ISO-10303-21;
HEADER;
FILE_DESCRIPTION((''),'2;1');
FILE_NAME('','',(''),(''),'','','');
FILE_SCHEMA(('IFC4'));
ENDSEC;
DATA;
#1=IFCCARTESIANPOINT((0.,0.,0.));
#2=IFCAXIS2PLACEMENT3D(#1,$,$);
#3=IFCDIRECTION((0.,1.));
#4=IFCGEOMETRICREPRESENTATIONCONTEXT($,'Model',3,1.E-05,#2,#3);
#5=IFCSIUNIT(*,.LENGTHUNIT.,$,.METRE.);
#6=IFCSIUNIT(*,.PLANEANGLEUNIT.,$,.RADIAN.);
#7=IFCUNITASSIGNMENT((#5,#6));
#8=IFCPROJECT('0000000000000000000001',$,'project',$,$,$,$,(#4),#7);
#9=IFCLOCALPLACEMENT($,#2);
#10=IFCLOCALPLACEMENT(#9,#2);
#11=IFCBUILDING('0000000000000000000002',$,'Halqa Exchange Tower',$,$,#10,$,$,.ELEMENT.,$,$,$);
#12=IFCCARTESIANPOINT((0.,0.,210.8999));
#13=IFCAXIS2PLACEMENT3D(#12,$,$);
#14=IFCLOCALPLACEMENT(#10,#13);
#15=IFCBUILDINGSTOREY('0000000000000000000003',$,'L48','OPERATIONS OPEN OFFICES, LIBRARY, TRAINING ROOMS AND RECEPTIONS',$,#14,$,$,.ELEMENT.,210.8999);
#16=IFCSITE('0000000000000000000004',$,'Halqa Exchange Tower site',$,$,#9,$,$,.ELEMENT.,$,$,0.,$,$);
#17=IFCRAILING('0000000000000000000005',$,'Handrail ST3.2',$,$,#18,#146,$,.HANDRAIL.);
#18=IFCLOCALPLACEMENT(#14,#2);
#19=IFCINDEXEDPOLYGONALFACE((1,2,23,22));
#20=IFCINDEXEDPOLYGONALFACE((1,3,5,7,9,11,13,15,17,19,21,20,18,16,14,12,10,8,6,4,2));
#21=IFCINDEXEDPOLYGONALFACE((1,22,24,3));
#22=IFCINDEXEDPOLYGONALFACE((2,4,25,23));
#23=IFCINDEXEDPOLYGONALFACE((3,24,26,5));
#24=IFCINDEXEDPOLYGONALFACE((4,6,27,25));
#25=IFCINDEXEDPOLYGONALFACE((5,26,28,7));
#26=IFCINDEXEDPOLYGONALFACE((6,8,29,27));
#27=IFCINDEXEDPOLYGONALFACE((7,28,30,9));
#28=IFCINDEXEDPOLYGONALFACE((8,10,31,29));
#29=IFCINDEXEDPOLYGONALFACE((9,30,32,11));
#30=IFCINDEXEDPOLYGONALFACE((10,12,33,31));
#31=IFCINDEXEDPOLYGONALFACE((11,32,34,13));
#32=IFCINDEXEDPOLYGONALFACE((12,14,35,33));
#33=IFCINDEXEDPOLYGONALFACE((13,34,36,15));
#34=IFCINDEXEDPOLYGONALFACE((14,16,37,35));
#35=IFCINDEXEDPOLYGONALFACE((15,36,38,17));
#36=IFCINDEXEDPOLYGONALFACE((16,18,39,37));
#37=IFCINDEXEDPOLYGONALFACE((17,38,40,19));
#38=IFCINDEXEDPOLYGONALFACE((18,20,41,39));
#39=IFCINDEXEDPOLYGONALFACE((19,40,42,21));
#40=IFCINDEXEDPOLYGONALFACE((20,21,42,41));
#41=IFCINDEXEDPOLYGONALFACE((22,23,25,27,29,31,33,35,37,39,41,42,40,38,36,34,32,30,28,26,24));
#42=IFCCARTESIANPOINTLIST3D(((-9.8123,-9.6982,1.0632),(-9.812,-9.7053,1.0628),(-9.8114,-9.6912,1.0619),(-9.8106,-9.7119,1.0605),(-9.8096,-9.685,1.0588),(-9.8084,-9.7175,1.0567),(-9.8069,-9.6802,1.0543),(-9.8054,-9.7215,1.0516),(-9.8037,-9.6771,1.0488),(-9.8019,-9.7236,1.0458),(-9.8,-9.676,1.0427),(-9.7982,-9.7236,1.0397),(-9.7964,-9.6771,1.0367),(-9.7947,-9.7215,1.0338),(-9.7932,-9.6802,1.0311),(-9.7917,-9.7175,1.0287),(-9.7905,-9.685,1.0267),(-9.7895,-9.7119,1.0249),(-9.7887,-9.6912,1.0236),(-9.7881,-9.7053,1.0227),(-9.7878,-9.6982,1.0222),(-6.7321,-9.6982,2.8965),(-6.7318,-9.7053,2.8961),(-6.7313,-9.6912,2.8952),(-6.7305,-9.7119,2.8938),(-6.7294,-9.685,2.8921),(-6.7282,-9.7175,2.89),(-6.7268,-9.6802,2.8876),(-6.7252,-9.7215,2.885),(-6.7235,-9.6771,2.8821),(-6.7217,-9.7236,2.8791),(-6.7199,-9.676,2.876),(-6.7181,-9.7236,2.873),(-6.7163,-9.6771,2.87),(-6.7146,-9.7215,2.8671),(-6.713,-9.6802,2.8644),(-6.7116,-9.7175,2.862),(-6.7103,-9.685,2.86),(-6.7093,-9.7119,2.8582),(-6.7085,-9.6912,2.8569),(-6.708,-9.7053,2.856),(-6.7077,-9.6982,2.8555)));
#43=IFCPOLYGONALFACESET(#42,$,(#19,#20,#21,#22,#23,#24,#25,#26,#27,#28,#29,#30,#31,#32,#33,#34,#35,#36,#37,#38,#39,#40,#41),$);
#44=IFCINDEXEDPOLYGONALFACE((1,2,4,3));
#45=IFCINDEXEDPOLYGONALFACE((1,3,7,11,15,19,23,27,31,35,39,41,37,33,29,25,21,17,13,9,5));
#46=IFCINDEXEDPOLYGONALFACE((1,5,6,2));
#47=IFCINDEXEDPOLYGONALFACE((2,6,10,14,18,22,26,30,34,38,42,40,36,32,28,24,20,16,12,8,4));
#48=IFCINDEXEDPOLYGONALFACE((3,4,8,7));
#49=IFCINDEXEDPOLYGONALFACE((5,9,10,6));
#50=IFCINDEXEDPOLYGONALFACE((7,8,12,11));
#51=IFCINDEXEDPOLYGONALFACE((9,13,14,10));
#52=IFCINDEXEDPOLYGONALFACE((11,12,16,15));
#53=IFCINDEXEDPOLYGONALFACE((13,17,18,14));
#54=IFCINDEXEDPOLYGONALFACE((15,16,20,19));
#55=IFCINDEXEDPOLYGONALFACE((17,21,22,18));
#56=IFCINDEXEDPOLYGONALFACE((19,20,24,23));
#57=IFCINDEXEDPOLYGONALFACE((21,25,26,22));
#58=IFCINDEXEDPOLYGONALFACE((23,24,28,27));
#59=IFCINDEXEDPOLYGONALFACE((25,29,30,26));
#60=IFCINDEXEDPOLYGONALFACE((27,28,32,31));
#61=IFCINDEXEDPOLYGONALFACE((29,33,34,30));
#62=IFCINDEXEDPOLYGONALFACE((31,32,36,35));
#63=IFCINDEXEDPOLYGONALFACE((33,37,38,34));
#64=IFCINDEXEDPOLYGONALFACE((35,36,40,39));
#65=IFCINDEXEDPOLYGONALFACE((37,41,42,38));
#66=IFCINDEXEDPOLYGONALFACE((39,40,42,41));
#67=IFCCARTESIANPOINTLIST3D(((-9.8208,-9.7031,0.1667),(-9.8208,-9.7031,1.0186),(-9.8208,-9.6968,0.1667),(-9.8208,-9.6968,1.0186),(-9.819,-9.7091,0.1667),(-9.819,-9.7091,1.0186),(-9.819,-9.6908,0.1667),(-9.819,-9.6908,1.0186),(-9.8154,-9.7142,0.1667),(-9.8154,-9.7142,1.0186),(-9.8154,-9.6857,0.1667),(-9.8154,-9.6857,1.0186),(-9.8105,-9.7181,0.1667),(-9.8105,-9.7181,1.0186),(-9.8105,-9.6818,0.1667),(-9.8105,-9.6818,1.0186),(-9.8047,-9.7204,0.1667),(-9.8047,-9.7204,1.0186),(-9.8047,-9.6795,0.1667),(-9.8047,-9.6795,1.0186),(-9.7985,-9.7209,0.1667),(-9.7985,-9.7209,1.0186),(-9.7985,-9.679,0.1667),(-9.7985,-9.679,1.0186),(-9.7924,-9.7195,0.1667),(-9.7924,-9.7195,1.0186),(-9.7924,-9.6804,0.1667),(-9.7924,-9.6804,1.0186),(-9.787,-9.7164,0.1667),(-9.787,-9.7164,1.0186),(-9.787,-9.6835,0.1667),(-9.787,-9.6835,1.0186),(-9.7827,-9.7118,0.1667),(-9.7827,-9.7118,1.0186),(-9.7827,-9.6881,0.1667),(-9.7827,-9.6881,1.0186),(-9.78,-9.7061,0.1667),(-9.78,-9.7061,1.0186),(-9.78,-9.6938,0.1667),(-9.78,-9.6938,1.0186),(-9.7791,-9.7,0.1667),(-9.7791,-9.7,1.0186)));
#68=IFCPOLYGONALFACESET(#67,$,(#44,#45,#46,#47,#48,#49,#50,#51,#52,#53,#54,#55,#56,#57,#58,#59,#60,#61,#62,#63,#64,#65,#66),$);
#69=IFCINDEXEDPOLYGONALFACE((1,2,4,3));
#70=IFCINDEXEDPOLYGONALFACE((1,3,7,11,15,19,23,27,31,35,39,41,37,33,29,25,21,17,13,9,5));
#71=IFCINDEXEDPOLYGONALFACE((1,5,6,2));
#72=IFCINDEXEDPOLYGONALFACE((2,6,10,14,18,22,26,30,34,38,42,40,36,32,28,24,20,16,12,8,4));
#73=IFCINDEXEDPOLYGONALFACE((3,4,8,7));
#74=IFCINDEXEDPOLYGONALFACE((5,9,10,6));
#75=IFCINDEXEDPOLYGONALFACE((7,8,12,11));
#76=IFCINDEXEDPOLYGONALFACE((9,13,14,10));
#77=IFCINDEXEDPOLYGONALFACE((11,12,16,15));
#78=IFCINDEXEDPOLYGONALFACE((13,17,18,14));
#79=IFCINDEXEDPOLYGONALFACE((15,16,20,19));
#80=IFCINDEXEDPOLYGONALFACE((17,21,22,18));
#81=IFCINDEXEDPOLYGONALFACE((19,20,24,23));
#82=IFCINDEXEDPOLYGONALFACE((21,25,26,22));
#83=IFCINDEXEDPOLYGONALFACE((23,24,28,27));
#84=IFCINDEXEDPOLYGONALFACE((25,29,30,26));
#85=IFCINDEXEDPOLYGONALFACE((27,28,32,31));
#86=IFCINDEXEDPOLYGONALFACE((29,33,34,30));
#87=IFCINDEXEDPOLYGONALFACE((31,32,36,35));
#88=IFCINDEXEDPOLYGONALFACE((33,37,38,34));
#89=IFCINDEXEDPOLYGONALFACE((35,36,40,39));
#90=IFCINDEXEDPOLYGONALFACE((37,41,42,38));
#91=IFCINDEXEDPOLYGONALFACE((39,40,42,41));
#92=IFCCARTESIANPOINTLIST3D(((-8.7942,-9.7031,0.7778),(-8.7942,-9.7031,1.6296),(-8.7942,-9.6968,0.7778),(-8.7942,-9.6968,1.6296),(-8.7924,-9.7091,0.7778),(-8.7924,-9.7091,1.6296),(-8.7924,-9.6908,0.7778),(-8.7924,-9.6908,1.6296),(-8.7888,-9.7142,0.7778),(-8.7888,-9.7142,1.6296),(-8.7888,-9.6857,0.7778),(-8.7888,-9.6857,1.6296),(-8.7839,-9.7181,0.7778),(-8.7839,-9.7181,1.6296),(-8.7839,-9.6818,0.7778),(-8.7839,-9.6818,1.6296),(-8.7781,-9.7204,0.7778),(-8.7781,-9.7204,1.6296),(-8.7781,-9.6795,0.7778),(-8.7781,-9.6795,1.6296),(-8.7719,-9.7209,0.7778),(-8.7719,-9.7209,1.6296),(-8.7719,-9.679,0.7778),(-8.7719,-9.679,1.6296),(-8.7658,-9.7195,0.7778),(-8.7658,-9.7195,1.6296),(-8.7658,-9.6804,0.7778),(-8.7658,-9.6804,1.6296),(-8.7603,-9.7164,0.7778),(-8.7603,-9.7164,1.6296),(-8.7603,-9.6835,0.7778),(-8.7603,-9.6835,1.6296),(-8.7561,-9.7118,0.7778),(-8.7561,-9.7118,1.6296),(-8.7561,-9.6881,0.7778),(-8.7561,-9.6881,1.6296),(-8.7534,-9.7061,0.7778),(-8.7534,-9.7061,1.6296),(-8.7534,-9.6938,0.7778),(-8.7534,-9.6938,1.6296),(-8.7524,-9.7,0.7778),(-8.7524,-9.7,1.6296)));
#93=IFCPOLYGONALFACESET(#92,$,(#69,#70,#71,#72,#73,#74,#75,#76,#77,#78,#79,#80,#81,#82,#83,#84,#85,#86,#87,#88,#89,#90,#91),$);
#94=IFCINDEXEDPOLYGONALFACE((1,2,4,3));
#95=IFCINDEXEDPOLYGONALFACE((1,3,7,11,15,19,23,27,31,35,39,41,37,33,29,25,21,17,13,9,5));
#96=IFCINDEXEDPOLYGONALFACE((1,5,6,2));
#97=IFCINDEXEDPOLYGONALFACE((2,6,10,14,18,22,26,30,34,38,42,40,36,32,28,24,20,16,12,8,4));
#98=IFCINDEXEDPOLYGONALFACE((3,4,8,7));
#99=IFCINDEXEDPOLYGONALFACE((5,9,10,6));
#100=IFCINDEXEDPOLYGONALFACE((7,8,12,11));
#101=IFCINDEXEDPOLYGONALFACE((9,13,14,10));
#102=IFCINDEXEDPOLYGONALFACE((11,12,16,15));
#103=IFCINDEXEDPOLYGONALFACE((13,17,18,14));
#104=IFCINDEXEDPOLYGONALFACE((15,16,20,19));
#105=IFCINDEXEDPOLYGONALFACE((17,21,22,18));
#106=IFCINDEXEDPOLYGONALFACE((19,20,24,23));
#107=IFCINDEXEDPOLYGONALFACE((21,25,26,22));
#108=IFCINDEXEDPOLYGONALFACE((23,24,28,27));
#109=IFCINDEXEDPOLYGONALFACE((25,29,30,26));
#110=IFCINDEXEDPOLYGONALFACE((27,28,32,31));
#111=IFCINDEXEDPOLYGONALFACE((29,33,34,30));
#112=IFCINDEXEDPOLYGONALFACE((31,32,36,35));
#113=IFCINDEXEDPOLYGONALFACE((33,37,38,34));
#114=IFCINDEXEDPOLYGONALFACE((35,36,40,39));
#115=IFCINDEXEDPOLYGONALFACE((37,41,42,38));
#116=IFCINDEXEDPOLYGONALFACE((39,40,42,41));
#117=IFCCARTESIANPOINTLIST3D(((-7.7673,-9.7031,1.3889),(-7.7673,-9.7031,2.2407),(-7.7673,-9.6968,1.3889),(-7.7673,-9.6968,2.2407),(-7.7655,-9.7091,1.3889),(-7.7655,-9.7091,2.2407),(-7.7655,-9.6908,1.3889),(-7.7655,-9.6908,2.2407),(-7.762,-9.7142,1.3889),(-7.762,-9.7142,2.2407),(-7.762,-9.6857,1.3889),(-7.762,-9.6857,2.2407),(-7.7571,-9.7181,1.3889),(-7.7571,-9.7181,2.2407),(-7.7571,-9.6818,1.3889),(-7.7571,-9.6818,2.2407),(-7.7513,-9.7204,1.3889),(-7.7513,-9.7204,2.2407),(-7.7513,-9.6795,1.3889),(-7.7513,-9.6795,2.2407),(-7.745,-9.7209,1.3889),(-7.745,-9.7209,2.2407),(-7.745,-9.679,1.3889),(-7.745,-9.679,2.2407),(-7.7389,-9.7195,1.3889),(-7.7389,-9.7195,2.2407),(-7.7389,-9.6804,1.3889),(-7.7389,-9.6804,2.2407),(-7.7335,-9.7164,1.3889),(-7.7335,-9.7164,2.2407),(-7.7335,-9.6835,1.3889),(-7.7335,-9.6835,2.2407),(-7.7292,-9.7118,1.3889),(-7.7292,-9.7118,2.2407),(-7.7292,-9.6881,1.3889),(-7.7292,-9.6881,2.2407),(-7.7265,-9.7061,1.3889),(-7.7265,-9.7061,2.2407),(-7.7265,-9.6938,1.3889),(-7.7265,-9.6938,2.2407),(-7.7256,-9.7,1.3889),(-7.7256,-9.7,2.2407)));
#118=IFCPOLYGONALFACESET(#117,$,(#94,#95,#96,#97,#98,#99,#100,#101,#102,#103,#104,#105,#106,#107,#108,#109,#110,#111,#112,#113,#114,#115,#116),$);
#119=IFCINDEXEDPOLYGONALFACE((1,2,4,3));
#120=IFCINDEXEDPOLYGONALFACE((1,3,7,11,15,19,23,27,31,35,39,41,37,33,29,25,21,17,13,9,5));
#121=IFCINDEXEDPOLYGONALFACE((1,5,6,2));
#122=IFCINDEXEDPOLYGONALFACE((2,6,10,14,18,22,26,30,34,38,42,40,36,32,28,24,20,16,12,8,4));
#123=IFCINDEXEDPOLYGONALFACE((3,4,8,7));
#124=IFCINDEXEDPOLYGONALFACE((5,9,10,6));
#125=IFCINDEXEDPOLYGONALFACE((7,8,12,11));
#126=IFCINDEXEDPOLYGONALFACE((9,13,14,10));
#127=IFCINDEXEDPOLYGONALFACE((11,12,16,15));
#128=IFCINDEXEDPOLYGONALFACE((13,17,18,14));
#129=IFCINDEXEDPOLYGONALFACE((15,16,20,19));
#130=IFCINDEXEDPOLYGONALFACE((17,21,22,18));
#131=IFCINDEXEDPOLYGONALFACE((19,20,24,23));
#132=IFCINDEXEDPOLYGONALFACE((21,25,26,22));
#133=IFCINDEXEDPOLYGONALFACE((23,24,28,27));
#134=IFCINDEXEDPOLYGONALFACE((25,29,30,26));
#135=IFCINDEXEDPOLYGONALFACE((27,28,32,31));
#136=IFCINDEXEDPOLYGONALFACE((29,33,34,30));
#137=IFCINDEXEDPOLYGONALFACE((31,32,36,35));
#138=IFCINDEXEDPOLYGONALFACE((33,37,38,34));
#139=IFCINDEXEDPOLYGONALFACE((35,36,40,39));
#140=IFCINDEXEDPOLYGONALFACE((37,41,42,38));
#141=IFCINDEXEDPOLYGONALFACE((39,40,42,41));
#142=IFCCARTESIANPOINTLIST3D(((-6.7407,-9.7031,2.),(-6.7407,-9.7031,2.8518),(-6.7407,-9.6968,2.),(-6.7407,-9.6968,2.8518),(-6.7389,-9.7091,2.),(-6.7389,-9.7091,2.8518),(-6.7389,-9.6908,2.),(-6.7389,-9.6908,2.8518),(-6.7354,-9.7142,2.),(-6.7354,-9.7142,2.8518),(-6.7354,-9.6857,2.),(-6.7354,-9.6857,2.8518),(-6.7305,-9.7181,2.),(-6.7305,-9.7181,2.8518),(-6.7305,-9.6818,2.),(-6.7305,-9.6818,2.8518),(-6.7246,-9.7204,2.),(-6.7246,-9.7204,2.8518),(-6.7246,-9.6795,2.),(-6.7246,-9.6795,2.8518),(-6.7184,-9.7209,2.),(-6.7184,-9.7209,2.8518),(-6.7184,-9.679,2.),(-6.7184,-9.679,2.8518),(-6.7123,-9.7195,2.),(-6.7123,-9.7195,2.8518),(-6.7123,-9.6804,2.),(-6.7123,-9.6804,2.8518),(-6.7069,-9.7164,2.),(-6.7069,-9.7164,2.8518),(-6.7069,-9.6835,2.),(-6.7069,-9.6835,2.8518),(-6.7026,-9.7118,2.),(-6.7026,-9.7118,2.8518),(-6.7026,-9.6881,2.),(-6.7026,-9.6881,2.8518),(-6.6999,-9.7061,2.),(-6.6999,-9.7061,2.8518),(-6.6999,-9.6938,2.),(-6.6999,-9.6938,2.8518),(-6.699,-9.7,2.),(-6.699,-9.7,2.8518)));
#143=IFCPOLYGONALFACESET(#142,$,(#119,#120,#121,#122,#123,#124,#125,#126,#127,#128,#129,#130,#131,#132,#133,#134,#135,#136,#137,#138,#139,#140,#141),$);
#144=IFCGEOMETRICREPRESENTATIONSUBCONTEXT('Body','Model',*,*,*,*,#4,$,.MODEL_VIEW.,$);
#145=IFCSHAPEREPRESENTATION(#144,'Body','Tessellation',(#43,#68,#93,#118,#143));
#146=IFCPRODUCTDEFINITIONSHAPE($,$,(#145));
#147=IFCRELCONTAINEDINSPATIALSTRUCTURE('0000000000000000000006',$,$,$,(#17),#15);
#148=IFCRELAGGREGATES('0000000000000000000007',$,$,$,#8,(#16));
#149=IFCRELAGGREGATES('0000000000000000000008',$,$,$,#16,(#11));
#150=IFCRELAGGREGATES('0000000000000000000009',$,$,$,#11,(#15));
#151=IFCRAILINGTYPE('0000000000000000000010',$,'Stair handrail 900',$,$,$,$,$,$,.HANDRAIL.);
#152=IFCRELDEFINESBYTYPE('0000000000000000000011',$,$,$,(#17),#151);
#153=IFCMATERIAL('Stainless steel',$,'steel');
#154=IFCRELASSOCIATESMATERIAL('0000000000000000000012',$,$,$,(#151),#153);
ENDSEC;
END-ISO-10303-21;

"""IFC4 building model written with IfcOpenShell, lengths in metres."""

from ifc_helpers import new_model, si_unit, direction, frame, origin, origin_2d, place, context, subcontext, project, spatial, circle, extrude, material, type_object, element, save


model = new_model("IFC4")

# Units and contexts
model_context = context("Model", 3, precision=1e-05, world=origin(), true_north=direction((0.0, 1.0)))
body_context = subcontext(model_context, "Body", "Model", "MODEL_VIEW")
ifc_project = project(units=[si_unit("LENGTHUNIT", "METRE"), si_unit("PLANEANGLEUNIT", "RADIAN")], contexts=[model_context])

# Site, building, storey
site_placement = place(None, origin())
site = spatial("IfcSite", under=ifc_project, at=site_placement, Name="Halqa Exchange Tower site", CompositionType="ELEMENT", RefElevation=0.0)
building_placement = place(site_placement, origin())
building = spatial("IfcBuilding", under=site, at=building_placement, Name="Halqa Exchange Tower", CompositionType="ELEMENT")
storey_placement = place(building_placement, frame((0.0, 0.0, 210.8999)))
storey = spatial("IfcBuildingStorey", under=building, at=storey_placement, Name="L48", Description="OPERATIONS OPEN OFFICES, LIBRARY, TRAINING ROOMS AND RECEPTIONS", CompositionType="ELEMENT", Elevation=210.8999)

# Shared definitions
ifc_material_1 = material(Name="Stainless steel", Category="steel")

# Railing
railing_type_1 = type_object("IfcRailingType", Name="Stair handrail 900", PredefinedType="HANDRAIL", material=ifc_material_1)
railing_1_placement = place(storey_placement, frame((-9.8, -9.7, 0.1667)))
element("IfcRailing", 1, at=railing_1_placement, inside=storey, type_object=railing_type_1, Name="Handrail ST3.2", PredefinedType="HANDRAIL", context=body_context, shape_type="SweptSolid", body=[
    extrude(circle(Radius=0.0239, at=origin_2d()), frame((0.0, 0.0, 0.876), z_axis=(0.859309, 0.0, 0.511458), x_axis=(0.0, 1.0, 0.0)), (0.0, 0.0, 1.0), 3.5845),
    extrude(circle(Radius=0.021, at=origin_2d()), origin(), (0.0, 0.0, 1.0), 0.8518),
    extrude(circle(Radius=0.021, at=origin_2d()), frame((1.0266, 0.0, 0.6111)), (0.0, 0.0, 1.0), 0.8518),
    extrude(circle(Radius=0.021, at=origin_2d()), frame((2.0535, 0.0, 1.2222)), (0.0, 0.0, 1.0), 0.8518),
    extrude(circle(Radius=0.021, at=origin_2d()), frame((3.0801, 0.0, 1.8333)), (0.0, 0.0, 1.0), 0.8518),
])

save(model, "model.ifc")
